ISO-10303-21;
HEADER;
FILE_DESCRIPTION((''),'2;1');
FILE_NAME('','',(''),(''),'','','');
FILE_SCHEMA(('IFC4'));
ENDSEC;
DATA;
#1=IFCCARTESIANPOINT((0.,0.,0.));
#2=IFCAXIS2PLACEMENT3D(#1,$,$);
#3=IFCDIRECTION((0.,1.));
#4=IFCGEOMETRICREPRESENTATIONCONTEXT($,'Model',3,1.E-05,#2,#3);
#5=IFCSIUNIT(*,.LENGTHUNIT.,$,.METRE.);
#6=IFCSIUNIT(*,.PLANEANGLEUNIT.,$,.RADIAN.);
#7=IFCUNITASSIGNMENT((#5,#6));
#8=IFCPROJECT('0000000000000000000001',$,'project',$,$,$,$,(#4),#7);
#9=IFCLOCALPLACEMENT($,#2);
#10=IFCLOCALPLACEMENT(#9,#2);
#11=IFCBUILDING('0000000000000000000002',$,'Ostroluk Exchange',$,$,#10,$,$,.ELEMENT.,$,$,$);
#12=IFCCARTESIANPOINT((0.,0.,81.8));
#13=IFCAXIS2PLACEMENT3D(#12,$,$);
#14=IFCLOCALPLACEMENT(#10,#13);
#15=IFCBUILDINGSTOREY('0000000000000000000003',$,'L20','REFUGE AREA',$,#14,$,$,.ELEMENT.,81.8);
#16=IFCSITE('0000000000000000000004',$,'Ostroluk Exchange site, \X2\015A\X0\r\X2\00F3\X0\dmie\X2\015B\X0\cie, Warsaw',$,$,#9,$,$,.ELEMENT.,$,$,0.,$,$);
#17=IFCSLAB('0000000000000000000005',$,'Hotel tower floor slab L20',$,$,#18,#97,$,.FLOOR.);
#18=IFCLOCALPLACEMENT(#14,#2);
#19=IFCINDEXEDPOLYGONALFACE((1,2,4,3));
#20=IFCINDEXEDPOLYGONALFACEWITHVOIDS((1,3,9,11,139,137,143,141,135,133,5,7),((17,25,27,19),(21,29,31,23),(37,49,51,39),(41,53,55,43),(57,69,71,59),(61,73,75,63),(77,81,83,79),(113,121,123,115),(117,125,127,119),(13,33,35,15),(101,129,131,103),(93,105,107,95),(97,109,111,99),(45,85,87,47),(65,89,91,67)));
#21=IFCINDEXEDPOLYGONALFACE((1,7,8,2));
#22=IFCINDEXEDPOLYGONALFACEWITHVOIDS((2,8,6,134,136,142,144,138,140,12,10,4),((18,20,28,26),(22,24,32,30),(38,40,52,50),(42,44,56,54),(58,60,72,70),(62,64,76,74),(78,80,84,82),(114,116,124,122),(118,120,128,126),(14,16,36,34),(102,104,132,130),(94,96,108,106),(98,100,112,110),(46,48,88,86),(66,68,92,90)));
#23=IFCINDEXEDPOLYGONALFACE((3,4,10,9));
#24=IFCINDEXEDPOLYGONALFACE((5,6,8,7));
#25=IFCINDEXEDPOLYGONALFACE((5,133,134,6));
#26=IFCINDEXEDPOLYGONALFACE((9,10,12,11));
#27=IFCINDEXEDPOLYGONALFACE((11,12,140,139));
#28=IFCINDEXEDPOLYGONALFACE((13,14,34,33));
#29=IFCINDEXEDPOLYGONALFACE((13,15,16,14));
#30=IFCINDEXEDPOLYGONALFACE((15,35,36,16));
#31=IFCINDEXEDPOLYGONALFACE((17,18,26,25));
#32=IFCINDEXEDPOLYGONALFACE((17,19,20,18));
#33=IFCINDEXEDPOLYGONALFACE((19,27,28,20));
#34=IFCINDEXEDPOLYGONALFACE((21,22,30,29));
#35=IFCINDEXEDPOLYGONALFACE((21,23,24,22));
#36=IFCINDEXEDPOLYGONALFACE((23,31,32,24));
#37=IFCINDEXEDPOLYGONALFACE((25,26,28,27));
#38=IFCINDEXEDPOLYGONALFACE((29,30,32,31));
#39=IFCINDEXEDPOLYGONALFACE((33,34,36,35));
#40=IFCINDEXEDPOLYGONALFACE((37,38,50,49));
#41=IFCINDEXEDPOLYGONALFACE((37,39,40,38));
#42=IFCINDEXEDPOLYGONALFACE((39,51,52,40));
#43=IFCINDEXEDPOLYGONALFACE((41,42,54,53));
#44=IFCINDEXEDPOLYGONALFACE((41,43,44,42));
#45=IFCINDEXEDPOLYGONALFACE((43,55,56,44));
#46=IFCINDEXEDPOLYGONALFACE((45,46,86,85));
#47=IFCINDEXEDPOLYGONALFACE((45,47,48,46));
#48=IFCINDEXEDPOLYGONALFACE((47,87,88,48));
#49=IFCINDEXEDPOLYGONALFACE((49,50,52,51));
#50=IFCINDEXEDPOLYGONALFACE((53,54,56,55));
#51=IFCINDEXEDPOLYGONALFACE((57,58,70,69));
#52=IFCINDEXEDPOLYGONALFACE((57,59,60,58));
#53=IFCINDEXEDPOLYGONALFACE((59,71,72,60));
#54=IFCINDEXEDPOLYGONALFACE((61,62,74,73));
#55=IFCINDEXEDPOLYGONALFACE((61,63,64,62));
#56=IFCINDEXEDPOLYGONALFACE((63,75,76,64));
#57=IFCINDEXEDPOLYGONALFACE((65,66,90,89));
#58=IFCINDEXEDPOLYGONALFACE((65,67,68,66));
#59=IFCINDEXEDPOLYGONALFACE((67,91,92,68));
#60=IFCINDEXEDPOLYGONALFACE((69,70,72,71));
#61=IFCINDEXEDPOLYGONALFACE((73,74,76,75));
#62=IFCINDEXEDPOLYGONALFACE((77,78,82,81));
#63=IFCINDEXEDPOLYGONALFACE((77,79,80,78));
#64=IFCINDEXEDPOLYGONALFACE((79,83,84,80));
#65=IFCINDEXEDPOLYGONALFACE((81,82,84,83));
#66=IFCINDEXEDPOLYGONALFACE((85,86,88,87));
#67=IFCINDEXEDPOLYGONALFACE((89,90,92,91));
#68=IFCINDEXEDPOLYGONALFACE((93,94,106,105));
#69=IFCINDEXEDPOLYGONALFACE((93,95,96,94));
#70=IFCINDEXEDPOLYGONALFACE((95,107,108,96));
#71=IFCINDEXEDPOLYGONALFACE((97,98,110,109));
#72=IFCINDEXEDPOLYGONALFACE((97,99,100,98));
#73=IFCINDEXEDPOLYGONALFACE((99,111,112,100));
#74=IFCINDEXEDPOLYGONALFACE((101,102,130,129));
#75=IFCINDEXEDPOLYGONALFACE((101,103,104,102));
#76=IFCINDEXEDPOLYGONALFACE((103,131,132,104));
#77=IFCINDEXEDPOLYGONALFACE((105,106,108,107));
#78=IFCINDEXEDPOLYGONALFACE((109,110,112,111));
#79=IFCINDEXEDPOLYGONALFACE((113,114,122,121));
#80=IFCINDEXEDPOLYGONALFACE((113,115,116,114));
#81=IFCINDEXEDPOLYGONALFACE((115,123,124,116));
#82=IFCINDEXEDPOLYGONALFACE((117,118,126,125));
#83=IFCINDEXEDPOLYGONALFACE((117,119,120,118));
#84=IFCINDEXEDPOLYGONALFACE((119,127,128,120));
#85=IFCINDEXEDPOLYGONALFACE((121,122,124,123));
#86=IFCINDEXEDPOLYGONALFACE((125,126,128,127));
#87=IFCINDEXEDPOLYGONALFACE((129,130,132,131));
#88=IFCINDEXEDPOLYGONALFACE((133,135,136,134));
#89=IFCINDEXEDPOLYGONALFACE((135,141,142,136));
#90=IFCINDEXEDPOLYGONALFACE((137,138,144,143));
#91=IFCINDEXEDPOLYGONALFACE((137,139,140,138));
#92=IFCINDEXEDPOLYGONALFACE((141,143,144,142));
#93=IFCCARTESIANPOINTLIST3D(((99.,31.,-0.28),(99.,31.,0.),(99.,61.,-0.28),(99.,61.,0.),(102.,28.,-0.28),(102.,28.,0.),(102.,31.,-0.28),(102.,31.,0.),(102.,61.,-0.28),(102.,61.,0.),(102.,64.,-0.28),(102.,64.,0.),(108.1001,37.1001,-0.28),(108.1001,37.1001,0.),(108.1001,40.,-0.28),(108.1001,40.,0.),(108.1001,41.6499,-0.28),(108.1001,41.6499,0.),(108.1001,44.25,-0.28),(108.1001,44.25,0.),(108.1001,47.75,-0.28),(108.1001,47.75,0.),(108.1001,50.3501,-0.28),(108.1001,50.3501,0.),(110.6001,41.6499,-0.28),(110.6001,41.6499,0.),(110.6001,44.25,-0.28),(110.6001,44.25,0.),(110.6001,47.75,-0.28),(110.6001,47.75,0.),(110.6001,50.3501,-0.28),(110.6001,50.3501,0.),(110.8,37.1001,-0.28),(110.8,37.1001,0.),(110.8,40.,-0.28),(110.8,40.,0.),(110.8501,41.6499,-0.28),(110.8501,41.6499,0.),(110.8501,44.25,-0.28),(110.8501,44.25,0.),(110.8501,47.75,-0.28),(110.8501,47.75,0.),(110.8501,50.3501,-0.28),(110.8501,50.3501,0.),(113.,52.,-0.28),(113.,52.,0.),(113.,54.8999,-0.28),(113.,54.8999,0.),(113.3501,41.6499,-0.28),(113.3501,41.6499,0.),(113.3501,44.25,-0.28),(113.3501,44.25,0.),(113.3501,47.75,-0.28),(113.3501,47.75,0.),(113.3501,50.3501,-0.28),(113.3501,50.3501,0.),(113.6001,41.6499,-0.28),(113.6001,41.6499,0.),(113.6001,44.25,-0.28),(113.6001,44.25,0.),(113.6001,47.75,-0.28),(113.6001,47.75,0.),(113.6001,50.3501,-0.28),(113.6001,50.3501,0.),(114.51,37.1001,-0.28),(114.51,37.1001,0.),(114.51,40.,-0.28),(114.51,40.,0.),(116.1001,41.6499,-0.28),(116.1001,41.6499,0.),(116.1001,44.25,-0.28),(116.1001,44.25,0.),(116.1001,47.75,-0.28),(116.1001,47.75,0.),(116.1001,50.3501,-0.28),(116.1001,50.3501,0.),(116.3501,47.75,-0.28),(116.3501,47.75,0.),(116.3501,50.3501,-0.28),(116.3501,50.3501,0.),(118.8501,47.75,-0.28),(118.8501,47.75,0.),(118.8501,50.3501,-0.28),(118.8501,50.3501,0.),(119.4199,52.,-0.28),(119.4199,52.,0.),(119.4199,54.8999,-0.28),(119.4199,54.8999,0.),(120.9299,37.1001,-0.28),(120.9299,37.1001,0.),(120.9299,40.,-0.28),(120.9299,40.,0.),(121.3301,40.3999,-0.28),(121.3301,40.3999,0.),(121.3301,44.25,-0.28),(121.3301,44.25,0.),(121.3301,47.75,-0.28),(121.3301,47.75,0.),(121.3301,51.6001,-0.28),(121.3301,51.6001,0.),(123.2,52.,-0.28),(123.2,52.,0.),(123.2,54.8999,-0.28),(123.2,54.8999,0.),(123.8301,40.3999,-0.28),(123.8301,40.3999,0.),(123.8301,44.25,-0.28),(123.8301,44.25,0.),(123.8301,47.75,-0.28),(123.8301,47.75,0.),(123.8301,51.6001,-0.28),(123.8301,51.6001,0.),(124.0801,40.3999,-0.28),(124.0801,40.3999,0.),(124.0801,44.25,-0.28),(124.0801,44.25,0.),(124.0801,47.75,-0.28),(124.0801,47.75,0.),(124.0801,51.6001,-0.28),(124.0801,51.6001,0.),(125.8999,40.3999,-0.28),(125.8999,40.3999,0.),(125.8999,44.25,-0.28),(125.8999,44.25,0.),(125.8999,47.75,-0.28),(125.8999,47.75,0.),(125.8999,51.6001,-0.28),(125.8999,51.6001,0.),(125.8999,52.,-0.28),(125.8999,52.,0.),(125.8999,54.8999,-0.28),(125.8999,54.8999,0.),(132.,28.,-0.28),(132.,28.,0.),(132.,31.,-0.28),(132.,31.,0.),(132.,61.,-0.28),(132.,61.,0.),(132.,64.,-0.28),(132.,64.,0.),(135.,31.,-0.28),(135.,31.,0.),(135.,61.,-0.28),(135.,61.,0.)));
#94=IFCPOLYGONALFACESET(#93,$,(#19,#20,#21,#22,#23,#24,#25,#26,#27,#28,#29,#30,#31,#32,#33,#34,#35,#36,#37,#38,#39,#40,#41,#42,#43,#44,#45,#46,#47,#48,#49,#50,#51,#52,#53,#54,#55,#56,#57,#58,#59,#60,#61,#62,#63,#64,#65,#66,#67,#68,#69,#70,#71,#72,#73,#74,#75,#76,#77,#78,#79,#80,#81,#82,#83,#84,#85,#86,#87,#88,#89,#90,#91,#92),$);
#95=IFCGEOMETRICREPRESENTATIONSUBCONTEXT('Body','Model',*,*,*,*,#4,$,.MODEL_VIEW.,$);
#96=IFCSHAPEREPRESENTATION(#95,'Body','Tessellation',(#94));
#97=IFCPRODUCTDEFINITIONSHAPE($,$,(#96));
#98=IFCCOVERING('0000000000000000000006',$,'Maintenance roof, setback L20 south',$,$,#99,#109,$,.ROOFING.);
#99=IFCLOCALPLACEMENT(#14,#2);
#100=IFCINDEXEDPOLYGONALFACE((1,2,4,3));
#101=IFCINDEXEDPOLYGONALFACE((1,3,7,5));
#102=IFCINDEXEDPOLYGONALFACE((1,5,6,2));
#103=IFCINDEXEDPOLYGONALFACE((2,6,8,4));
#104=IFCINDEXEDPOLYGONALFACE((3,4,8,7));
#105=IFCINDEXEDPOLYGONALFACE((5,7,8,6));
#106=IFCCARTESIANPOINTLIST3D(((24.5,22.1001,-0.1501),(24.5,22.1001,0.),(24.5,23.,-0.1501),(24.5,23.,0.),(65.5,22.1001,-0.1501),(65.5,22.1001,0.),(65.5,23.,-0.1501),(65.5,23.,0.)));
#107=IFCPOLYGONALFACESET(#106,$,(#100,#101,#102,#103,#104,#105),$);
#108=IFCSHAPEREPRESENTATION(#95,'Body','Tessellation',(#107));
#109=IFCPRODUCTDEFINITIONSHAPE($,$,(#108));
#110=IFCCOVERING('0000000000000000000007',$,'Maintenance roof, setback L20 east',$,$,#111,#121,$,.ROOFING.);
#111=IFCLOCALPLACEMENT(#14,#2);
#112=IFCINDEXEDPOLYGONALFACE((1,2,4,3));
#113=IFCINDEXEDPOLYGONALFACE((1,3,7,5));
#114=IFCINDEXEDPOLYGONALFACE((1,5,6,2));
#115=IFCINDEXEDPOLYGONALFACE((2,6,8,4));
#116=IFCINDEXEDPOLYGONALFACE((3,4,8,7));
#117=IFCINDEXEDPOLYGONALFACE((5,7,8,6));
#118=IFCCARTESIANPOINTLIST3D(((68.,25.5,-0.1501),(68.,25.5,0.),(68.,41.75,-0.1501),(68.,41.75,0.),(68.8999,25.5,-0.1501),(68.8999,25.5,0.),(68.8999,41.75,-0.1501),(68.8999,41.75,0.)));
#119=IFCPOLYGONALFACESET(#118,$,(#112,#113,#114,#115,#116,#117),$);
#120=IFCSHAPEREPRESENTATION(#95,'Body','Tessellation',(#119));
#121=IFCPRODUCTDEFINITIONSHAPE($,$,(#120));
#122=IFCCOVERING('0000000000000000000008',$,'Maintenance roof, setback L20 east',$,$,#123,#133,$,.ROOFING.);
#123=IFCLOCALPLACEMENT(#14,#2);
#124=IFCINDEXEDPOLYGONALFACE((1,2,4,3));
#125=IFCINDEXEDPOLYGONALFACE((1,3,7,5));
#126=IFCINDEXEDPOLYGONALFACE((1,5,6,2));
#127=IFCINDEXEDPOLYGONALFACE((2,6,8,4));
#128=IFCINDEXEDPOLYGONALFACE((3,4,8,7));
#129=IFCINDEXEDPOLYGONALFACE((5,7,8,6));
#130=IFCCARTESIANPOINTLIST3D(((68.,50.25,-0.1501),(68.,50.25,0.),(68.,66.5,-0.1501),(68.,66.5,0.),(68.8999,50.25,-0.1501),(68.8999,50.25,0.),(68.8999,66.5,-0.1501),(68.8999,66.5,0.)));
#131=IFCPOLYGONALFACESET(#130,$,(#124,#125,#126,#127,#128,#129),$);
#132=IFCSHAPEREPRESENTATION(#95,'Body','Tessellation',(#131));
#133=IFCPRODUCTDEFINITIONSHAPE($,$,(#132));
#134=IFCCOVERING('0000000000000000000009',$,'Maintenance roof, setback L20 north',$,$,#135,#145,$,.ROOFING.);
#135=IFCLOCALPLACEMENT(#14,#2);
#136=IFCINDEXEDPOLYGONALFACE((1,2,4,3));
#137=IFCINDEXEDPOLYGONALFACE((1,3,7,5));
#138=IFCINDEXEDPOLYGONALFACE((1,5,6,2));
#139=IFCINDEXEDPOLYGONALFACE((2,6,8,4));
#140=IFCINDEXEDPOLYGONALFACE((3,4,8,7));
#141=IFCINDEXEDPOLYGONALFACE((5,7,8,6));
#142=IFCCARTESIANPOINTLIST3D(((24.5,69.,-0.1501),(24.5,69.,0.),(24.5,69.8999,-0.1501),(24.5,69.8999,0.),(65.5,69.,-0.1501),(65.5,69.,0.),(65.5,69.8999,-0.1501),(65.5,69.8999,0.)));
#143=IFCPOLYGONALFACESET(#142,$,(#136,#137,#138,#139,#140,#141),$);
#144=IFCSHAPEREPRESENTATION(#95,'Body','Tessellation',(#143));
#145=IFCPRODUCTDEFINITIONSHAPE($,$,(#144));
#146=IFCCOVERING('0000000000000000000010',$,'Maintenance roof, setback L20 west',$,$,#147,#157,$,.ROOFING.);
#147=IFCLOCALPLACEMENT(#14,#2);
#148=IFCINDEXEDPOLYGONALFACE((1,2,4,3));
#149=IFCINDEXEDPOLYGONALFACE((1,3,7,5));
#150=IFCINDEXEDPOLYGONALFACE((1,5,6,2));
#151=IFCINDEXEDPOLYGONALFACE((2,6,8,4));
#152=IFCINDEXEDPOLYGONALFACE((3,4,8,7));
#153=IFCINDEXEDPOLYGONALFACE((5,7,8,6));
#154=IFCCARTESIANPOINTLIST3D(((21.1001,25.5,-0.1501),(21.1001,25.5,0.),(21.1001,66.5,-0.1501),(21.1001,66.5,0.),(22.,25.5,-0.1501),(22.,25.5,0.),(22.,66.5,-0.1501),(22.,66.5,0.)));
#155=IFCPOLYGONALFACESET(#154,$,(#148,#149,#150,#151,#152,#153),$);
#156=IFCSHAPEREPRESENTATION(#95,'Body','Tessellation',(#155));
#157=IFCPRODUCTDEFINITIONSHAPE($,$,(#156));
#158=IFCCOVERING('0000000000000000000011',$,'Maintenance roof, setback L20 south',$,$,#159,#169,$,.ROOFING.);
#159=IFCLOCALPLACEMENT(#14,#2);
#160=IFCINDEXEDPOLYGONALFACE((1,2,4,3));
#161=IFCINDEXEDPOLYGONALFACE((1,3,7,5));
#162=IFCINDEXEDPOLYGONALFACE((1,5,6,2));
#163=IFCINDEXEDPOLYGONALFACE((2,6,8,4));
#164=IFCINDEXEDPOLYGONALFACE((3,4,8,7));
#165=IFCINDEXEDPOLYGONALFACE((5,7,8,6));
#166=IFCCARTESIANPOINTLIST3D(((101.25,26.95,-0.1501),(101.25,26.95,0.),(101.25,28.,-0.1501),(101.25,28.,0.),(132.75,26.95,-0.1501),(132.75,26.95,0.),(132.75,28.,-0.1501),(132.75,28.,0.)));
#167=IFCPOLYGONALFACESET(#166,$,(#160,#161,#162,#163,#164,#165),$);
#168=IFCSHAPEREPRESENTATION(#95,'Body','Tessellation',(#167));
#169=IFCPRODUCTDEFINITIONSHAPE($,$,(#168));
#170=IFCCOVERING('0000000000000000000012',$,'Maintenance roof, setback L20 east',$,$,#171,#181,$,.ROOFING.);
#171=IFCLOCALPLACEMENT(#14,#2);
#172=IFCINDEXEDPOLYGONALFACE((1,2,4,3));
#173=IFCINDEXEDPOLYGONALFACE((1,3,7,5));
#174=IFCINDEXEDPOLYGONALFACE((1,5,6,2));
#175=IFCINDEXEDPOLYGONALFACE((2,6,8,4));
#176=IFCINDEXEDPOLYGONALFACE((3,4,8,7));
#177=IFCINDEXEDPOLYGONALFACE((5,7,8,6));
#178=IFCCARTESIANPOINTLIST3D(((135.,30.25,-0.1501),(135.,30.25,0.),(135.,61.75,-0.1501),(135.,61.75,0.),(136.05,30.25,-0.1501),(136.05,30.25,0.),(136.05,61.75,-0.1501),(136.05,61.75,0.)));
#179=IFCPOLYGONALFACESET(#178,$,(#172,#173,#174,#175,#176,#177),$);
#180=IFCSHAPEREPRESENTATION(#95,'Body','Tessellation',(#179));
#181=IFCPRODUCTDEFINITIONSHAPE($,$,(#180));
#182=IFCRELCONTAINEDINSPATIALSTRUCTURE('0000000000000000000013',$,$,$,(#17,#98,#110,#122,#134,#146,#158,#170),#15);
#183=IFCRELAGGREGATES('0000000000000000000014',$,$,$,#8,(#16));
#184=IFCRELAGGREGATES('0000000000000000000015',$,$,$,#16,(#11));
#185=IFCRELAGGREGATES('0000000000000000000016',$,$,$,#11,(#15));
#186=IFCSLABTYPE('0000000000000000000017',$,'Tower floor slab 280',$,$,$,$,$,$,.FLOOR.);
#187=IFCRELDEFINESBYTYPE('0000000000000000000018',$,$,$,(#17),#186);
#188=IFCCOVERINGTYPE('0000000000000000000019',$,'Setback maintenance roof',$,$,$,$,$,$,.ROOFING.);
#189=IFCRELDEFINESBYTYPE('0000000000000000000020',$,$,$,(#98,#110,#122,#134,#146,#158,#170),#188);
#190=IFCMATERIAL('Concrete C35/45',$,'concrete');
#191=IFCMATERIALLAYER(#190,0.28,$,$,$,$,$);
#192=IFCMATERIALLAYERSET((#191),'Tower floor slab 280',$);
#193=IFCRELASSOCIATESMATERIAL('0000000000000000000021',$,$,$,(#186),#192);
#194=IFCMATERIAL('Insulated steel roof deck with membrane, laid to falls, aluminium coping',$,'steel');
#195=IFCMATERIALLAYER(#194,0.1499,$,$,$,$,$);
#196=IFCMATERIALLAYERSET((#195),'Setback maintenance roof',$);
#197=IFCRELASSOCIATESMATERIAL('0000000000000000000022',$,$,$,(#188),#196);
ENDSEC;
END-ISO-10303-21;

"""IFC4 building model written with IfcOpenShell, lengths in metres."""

from ifc_helpers import new_model, si_unit, direction, frame, origin, place, context, subcontext, project, spatial, polyline, outline, extrude, material, layer, layer_set, type_object, element, save


model = new_model("IFC4")

# Units and contexts
model_context = context("Model", 3, precision=1e-05, world=origin(), true_north=direction((0.0, 1.0)))
body_context = subcontext(model_context, "Body", "Model", "MODEL_VIEW")
ifc_project = project(units=[si_unit("LENGTHUNIT", "METRE"), si_unit("PLANEANGLEUNIT", "RADIAN")], contexts=[model_context])

# Site, building, storey
site_placement = place(None, origin())
site = spatial("IfcSite", under=ifc_project, at=site_placement, Name="Ostroluk Exchange site, Śródmieście, Warsaw", CompositionType="ELEMENT", RefElevation=0.0)
building_placement = place(site_placement, origin())
building = spatial("IfcBuilding", under=site, at=building_placement, Name="Ostroluk Exchange", CompositionType="ELEMENT")
storey_placement = place(building_placement, frame((0.0, 0.0, 81.8)))
storey = spatial("IfcBuildingStorey", under=building, at=storey_placement, Name="L20", Description="REFUGE AREA", CompositionType="ELEMENT", Elevation=81.8)

# Slab
ifc_material_1 = material(Name="Concrete C35/45", Category="concrete")
ifc_layer_1 = layer(ifc_material_1, 0.28)
ifc_layer_set_1 = layer_set([ifc_layer_1], Name="Tower floor slab 280")
slab_type_1 = type_object("IfcSlabType", Name="Tower floor slab 280", PredefinedType="FLOOR", material=ifc_layer_set_1)
slab_1_placement = place(storey_placement, frame((0.0, 0.0, -0.28)))
element("IfcSlab", 1, at=slab_1_placement, inside=storey, type_object=slab_type_1, Name="Hotel tower floor slab L20", PredefinedType="FLOOR", context=body_context, shape_type="SweptSolid", body=[
    extrude(outline(polyline([(102.0, 28.0), (132.0, 28.0), (132.0, 31.0), (135.0, 31.0), (135.0, 61.0), (132.0, 61.0), (132.0, 64.0), (102.0, 64.0), (102.0, 61.0), (99.0, 61.0), (99.0, 31.0), (102.0, 31.0), (102.0, 28.0)]), holes=[polyline([(108.1001, 37.1001), (110.8, 37.1001), (110.8, 40.0), (108.1001, 40.0), (108.1001, 37.1001)]), polyline([(114.51, 37.1001), (120.9299, 37.1001), (120.9299, 40.0), (114.51, 40.0), (114.51, 37.1001)]), polyline([(113.0, 52.0), (119.4199, 52.0), (119.4199, 54.8999), (113.0, 54.8999), (113.0, 52.0)]), polyline([(123.2, 52.0), (125.8999, 52.0), (125.8999, 54.8999), (123.2, 54.8999), (123.2, 52.0)]), polyline([(108.1001, 47.75), (110.6001, 47.75), (110.6001, 50.3501), (108.1001, 50.3501), (108.1001, 47.75)]), polyline([(110.8501, 47.75), (113.3501, 47.75), (113.3501, 50.3501), (110.8501, 50.3501), (110.8501, 47.75)]), polyline([(113.6001, 47.75), (116.1001, 47.75), (116.1001, 50.3501), (113.6001, 50.3501), (113.6001, 47.75)]), polyline([(116.3501, 47.75), (118.8501, 47.75), (118.8501, 50.3501), (116.3501, 50.3501), (116.3501, 47.75)]), polyline([(108.1001, 41.6499), (110.6001, 41.6499), (110.6001, 44.25), (108.1001, 44.25), (108.1001, 41.6499)]), polyline([(110.8501, 41.6499), (113.3501, 41.6499), (113.3501, 44.25), (110.8501, 44.25), (110.8501, 41.6499)]), polyline([(113.6001, 41.6499), (116.1001, 41.6499), (116.1001, 44.25), (113.6001, 44.25), (113.6001, 41.6499)]), polyline([(121.3301, 47.75), (123.8301, 47.75), (123.8301, 51.6001), (121.3301, 51.6001), (121.3301, 47.75)]), polyline([(121.3301, 40.3999), (123.8301, 40.3999), (123.8301, 44.25), (121.3301, 44.25), (121.3301, 40.3999)]), polyline([(124.0801, 47.75), (125.8999, 47.75), (125.8999, 51.6001), (124.0801, 51.6001), (124.0801, 47.75)]), polyline([(124.0801, 40.3999), (125.8999, 40.3999), (125.8999, 44.25), (124.0801, 44.25), (124.0801, 40.3999)])]), origin(), (0.0, 0.0, 1.0), 0.28),
])

# Coverings
ifc_material_2 = material(Name="Insulated steel roof deck with membrane, laid to falls, aluminium coping", Category="steel")
ifc_layer_2 = layer(ifc_material_2, 0.1499)
ifc_layer_set_2 = layer_set([ifc_layer_2], Name="Setback maintenance roof")
covering_type = type_object("IfcCoveringType", Name="Setback maintenance roof", PredefinedType="ROOFING", material=ifc_layer_set_2)
covering_1_placement = place(storey_placement, frame((0.0, 0.0, -0.1501)))
element("IfcCovering", 2, at=covering_1_placement, inside=storey, type_object=covering_type, Name="Maintenance roof, setback L20 south", PredefinedType="ROOFING", context=body_context, shape_type="SweptSolid", body=[
    extrude(outline(polyline([(24.5, 23.0), (65.5, 23.0), (65.5, 22.1001), (24.5, 22.1001), (24.5, 23.0)])), origin(), (0.0, 0.0, 1.0), 0.1501),
])
covering_2_placement = place(storey_placement, frame((0.0, 0.0, -0.1501)))
element("IfcCovering", 3, at=covering_2_placement, inside=storey, type_object=covering_type, Name="Maintenance roof, setback L20 east", PredefinedType="ROOFING", context=body_context, shape_type="SweptSolid", body=[
    extrude(outline(polyline([(68.0, 41.75), (68.8999, 41.75), (68.8999, 25.5), (68.0, 25.5), (68.0, 41.75)])), origin(), (0.0, 0.0, 1.0), 0.1501),
])
covering_3_placement = place(storey_placement, frame((0.0, 0.0, -0.1501)))
element("IfcCovering", 4, at=covering_3_placement, inside=storey, type_object=covering_type, Name="Maintenance roof, setback L20 east", PredefinedType="ROOFING", context=body_context, shape_type="SweptSolid", body=[
    extrude(outline(polyline([(68.0, 66.5), (68.8999, 66.5), (68.8999, 50.25), (68.0, 50.25), (68.0, 66.5)])), origin(), (0.0, 0.0, 1.0), 0.1501),
])
covering_4_placement = place(storey_placement, frame((0.0, 0.0, -0.1501)))
element("IfcCovering", 5, at=covering_4_placement, inside=storey, type_object=covering_type, Name="Maintenance roof, setback L20 north", PredefinedType="ROOFING", context=body_context, shape_type="SweptSolid", body=[
    extrude(outline(polyline([(24.5, 69.8999), (65.5, 69.8999), (65.5, 69.0), (24.5, 69.0), (24.5, 69.8999)])), origin(), (0.0, 0.0, 1.0), 0.1501),
])
covering_5_placement = place(storey_placement, frame((0.0, 0.0, -0.1501)))
element("IfcCovering", 6, at=covering_5_placement, inside=storey, type_object=covering_type, Name="Maintenance roof, setback L20 west", PredefinedType="ROOFING", context=body_context, shape_type="SweptSolid", body=[
    extrude(outline(polyline([(21.1001, 66.5), (22.0, 66.5), (22.0, 25.5), (21.1001, 25.5), (21.1001, 66.5)])), origin(), (0.0, 0.0, 1.0), 0.1501),
])
covering_6_placement = place(storey_placement, frame((0.0, 0.0, -0.1501)))
element("IfcCovering", 7, at=covering_6_placement, inside=storey, type_object=covering_type, Name="Maintenance roof, setback L20 south", PredefinedType="ROOFING", context=body_context, shape_type="SweptSolid", body=[
    extrude(outline(polyline([(101.25, 28.0), (132.75, 28.0), (132.75, 26.95), (101.25, 26.95), (101.25, 28.0)])), origin(), (0.0, 0.0, 1.0), 0.1501),
])
covering_7_placement = place(storey_placement, frame((0.0, 0.0, -0.1501)))
element("IfcCovering", 8, at=covering_7_placement, inside=storey, type_object=covering_type, Name="Maintenance roof, setback L20 east", PredefinedType="ROOFING", context=body_context, shape_type="SweptSolid", body=[
    extrude(outline(polyline([(135.0, 61.75), (136.05, 61.75), (136.05, 30.25), (135.0, 30.25), (135.0, 61.75)])), origin(), (0.0, 0.0, 1.0), 0.1501),
])

save(model, "model.ifc")
